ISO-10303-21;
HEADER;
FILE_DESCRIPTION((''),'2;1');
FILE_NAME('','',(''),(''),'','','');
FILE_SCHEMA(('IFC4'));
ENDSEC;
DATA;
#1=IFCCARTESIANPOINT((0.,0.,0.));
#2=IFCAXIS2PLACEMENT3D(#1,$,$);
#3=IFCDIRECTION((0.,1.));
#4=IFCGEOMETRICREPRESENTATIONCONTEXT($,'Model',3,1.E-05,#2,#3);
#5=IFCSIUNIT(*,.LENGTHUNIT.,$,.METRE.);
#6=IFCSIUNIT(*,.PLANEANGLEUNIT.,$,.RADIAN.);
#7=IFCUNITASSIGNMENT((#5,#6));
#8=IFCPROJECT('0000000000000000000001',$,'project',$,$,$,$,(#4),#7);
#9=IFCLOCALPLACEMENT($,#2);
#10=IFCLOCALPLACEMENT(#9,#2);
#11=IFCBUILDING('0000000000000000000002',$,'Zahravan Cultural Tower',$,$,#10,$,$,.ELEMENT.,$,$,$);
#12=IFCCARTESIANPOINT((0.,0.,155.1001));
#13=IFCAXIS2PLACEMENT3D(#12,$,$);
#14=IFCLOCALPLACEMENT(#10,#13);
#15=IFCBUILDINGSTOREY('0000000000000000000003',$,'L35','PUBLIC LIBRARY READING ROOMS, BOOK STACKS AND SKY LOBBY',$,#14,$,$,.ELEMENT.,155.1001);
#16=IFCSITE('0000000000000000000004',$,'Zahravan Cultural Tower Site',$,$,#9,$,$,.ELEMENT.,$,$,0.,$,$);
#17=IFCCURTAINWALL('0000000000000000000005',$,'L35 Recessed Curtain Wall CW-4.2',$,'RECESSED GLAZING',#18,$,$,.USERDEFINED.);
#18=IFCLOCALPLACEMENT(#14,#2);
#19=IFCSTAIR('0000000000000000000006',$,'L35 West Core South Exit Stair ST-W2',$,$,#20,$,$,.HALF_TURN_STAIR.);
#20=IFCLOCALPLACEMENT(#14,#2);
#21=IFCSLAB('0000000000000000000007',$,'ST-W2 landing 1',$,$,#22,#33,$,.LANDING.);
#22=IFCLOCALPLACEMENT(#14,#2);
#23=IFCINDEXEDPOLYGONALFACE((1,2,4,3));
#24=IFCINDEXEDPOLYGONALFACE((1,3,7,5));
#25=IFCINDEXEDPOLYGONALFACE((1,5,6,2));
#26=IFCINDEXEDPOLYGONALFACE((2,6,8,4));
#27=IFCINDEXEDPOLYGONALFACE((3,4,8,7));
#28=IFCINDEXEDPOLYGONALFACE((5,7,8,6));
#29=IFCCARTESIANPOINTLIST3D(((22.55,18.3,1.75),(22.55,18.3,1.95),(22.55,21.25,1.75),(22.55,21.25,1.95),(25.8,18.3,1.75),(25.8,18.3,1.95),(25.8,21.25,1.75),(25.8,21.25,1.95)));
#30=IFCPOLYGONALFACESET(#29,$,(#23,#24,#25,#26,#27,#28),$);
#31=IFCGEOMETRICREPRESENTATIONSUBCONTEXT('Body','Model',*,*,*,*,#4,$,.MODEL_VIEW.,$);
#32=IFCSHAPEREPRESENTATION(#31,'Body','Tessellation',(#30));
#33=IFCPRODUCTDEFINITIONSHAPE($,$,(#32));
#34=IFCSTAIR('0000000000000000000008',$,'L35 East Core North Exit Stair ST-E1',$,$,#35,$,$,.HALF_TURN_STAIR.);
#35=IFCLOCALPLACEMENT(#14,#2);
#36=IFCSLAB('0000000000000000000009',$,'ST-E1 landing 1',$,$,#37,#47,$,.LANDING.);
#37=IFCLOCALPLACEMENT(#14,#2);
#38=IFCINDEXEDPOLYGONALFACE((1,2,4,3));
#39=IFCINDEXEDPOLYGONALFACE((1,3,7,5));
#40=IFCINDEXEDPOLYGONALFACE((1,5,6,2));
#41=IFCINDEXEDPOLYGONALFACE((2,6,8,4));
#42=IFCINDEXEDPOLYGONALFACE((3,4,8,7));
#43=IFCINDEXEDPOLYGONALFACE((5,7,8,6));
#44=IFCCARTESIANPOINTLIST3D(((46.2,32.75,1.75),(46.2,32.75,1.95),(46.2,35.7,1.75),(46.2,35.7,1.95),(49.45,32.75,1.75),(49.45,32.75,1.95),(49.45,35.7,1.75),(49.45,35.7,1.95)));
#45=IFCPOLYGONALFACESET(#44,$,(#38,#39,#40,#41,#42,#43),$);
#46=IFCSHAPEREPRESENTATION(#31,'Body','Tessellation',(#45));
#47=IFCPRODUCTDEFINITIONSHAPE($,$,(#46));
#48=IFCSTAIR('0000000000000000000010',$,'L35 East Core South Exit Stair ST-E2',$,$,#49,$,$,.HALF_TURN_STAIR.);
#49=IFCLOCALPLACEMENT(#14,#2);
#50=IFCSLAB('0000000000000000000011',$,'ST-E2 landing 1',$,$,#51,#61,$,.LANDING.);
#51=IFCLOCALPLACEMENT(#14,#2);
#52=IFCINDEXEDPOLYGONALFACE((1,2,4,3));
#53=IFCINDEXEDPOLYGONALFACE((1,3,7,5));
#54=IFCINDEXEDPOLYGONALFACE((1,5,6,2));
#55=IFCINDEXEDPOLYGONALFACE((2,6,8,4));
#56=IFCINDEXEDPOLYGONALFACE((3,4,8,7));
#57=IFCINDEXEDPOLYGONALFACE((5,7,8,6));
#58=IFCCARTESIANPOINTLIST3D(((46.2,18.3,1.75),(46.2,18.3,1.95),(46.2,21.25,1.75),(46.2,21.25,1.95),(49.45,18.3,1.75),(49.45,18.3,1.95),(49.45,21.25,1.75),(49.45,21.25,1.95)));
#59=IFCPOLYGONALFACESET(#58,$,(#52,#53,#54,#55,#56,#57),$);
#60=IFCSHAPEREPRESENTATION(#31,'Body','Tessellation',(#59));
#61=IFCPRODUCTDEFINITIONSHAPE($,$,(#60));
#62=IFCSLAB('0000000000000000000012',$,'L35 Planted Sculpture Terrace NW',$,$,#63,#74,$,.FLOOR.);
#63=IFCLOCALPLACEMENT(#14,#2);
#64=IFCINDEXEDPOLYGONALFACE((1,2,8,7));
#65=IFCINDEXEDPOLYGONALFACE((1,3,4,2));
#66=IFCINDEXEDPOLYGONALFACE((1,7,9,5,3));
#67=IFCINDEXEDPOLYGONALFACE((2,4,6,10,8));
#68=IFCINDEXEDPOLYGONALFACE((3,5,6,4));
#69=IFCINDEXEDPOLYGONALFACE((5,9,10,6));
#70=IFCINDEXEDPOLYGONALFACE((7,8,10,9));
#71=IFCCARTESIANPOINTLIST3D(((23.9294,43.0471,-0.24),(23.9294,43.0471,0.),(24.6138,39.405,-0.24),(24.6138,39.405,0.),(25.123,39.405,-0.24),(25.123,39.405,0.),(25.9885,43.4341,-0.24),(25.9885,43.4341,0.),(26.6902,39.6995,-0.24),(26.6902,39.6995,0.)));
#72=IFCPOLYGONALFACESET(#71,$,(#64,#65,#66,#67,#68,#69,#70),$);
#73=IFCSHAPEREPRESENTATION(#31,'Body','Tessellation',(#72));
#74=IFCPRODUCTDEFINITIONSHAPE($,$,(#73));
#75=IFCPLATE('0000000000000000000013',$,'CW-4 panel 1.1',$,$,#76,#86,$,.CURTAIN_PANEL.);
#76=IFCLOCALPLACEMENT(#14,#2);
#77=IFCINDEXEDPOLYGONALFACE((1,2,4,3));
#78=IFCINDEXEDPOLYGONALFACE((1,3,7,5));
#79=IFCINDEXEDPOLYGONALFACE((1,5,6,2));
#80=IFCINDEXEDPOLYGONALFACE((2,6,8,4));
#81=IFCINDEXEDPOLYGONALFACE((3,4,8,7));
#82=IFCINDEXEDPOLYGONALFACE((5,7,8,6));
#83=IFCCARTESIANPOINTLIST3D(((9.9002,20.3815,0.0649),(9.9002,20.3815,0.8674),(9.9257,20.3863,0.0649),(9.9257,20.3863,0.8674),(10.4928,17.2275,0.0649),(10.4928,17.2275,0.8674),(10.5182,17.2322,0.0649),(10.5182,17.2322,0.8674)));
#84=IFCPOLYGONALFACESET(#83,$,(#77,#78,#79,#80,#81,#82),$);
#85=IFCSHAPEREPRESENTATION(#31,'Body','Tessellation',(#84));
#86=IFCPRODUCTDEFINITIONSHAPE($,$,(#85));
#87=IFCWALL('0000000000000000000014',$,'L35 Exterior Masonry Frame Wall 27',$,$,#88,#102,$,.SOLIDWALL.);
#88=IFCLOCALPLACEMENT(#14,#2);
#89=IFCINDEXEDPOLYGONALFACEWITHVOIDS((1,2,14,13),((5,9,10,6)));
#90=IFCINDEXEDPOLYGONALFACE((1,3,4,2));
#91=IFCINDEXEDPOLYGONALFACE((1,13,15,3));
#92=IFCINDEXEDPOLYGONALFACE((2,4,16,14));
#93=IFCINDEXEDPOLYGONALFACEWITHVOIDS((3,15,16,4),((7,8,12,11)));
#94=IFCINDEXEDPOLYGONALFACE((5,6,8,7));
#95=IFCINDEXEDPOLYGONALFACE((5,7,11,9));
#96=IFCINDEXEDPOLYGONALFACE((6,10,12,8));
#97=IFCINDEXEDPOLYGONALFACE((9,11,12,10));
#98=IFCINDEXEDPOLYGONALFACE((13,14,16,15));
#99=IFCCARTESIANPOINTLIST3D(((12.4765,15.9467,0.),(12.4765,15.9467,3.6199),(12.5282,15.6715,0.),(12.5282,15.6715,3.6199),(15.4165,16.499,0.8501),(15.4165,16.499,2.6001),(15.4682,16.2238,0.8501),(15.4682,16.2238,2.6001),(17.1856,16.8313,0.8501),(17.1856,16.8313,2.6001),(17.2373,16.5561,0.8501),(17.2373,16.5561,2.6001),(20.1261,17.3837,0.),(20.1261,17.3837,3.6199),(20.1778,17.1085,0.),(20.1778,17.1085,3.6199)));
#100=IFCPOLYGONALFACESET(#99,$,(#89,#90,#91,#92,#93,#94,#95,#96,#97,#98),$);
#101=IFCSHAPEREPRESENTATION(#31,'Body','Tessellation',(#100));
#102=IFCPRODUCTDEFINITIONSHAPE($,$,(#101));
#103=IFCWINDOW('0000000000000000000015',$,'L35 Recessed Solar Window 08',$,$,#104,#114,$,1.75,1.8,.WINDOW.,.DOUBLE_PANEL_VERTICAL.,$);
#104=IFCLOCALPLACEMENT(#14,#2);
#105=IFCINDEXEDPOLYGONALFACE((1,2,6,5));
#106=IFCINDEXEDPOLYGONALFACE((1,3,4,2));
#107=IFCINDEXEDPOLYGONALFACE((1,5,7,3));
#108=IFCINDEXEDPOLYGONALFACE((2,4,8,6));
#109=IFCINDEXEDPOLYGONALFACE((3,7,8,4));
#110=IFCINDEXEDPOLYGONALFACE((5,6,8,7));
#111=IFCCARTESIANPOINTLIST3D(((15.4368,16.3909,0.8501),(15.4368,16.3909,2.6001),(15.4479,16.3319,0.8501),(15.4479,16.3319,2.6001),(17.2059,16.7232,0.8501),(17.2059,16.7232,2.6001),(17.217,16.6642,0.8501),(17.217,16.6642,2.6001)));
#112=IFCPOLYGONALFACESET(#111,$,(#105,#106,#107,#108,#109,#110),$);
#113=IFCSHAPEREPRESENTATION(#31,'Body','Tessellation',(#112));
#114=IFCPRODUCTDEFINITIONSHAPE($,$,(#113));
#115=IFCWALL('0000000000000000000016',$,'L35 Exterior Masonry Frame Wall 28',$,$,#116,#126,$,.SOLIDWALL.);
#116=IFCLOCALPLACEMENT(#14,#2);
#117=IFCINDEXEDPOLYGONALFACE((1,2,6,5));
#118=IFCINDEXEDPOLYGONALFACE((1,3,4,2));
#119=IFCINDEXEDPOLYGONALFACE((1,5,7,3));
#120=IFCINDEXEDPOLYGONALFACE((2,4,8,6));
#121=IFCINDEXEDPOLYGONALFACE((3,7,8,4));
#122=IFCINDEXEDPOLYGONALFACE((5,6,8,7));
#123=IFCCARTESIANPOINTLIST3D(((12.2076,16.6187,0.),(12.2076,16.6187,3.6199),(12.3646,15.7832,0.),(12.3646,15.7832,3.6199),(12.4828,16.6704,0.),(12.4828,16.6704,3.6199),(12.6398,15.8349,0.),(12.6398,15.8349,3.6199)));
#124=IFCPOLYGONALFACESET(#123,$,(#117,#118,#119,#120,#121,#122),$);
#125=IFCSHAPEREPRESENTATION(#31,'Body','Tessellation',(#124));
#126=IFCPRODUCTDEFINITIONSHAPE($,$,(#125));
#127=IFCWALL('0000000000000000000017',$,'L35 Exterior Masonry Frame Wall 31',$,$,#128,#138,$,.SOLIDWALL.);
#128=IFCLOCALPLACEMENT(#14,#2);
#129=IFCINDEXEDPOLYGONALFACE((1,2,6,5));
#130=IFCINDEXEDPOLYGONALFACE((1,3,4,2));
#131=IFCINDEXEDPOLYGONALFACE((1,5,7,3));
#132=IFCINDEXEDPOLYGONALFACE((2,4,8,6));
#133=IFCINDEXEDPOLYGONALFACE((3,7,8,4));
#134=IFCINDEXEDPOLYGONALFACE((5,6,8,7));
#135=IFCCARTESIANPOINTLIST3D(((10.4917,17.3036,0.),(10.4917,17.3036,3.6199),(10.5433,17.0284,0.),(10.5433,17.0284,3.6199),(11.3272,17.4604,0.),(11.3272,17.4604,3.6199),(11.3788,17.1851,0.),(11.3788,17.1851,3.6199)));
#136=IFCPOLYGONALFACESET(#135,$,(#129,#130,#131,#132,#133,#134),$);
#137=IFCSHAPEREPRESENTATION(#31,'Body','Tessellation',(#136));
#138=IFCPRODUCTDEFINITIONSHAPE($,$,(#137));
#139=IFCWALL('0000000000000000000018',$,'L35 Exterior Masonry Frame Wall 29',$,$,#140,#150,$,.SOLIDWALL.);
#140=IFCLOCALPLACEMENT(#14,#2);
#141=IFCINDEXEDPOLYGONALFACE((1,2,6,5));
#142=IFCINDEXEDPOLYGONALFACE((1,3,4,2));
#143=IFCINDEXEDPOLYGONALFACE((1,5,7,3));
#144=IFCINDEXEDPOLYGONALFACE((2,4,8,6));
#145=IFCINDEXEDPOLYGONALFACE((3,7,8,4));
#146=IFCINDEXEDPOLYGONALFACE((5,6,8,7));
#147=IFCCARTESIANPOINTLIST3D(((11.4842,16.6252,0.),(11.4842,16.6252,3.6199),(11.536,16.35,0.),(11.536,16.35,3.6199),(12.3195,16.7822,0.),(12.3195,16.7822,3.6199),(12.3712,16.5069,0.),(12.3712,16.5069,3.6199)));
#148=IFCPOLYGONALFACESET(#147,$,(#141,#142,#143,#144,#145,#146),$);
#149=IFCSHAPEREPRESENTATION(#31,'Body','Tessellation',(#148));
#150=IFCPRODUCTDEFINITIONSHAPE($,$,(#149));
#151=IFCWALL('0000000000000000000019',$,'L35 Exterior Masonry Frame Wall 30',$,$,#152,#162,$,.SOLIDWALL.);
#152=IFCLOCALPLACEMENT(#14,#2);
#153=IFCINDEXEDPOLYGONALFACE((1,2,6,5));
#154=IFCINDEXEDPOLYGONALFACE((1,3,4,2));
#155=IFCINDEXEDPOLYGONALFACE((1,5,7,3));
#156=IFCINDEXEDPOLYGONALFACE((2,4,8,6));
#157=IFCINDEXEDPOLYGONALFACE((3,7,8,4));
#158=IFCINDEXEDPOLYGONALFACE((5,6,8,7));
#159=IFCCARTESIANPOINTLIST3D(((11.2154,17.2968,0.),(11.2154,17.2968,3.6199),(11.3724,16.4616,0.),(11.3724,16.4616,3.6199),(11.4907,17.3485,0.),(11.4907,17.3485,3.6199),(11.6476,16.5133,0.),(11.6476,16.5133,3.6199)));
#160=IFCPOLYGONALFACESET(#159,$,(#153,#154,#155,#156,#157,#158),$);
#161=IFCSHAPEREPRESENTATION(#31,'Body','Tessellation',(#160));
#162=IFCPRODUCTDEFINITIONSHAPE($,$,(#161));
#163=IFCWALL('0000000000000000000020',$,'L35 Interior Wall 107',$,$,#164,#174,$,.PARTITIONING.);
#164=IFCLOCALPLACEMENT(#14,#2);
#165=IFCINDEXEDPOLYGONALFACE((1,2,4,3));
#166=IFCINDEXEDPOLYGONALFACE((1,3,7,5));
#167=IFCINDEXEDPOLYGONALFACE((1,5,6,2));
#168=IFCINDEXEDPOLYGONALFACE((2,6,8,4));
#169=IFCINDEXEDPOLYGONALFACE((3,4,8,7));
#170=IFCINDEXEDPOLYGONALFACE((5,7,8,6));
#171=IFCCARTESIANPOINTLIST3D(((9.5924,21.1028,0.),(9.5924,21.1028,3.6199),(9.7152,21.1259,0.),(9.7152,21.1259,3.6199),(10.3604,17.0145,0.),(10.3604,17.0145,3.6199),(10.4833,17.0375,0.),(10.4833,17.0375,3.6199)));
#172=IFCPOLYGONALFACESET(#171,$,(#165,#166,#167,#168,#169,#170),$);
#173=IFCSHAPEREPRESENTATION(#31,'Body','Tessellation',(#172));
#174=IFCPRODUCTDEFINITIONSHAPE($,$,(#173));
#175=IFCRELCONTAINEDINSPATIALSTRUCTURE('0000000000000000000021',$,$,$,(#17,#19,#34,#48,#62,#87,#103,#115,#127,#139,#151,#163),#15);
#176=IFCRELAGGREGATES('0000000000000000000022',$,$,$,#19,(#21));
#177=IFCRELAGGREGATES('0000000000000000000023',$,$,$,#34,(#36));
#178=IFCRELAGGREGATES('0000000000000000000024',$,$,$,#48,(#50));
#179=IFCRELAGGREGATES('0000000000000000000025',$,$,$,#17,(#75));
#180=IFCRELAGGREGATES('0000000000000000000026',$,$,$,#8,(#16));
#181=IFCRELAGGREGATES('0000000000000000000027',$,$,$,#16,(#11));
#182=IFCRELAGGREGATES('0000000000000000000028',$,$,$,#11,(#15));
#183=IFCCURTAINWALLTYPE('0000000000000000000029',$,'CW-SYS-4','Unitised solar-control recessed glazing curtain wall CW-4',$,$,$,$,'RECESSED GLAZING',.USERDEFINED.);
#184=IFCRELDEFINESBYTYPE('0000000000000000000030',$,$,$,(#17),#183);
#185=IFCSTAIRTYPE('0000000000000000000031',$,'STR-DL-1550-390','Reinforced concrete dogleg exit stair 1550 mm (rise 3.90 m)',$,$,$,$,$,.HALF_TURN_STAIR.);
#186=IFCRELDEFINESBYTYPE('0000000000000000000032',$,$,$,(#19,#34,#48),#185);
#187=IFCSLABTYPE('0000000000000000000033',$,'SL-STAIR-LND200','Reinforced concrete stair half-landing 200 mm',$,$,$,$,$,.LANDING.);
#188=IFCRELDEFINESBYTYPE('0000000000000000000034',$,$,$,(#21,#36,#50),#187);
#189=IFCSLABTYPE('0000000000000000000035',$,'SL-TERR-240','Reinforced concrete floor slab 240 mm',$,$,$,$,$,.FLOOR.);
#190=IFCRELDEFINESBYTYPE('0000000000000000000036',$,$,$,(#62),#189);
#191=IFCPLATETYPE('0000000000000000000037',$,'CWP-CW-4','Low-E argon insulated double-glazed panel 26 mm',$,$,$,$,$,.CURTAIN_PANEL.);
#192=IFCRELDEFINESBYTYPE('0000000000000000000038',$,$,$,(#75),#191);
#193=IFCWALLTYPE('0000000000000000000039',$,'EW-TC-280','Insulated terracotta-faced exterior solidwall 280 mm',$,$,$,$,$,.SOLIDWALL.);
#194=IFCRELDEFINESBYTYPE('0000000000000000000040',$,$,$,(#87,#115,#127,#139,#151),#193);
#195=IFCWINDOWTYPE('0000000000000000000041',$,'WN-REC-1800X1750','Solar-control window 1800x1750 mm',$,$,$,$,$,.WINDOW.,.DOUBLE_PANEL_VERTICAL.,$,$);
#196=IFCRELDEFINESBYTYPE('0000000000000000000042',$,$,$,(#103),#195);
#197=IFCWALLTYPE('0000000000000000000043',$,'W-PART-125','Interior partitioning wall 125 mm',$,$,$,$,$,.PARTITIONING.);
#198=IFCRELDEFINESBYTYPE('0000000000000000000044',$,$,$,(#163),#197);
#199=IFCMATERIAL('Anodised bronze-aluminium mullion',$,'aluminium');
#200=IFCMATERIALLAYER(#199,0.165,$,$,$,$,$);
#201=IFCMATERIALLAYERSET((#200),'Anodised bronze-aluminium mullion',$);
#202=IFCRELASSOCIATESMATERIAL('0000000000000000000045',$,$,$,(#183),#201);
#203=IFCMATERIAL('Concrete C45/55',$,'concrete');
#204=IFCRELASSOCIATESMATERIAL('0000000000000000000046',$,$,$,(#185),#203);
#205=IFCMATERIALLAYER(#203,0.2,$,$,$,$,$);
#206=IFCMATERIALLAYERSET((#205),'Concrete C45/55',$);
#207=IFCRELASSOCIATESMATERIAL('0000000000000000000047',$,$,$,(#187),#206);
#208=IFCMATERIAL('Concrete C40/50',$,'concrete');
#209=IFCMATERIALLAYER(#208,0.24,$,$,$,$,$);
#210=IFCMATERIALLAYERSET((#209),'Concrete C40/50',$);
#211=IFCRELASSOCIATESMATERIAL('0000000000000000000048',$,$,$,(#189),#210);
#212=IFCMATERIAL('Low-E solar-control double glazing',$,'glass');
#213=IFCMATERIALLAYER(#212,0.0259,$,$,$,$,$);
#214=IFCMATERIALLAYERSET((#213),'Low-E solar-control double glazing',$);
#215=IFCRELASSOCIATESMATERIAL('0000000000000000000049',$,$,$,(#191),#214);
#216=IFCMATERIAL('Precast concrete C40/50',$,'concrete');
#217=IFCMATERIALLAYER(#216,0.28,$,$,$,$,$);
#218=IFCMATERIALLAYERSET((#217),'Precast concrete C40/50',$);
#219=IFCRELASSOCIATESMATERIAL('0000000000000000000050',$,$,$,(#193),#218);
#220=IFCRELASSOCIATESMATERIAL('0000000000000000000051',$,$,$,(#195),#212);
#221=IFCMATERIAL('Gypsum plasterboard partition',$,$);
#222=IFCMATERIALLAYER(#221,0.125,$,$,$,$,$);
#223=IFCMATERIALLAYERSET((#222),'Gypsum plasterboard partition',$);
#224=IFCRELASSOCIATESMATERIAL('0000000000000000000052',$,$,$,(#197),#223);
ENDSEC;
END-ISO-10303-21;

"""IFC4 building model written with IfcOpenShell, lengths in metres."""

from ifc_helpers import new_model, si_unit, direction, frame, frame_2d, origin, origin_2d, place, context, subcontext, project, spatial, polyline, rectangle, outline, extrude, source, transform, mapped, material, layer, layer_set, type_object, element, fill, aggregate, save


model = new_model("IFC4")

# Units and contexts
model_context = context("Model", 3, precision=1e-05, world=origin(), true_north=direction((0.0, 1.0)))
body_context = subcontext(model_context, "Body", "Model", "MODEL_VIEW")
ifc_project = project(units=[si_unit("LENGTHUNIT", "METRE"), si_unit("PLANEANGLEUNIT", "RADIAN")], contexts=[model_context])

# Site, building, storey
site_placement = place(None, origin())
site = spatial("IfcSite", under=ifc_project, at=site_placement, Name="Zahravan Cultural Tower Site", CompositionType="ELEMENT", RefElevation=0.0)
building_placement = place(site_placement, origin())
building = spatial("IfcBuilding", under=site, at=building_placement, Name="Zahravan Cultural Tower", CompositionType="ELEMENT")
storey_placement = place(building_placement, frame((0.0, 0.0, 155.1001)))
storey = spatial("IfcBuildingStorey", under=building, at=storey_placement, Name="L35", Description="PUBLIC LIBRARY READING ROOMS, BOOK STACKS AND SKY LOBBY", CompositionType="ELEMENT", Elevation=155.1001)

# Curtain wall
ifc_material_1 = material(Name="Anodised bronze-aluminium mullion", Category="aluminium")
ifc_layer_1 = layer(ifc_material_1, 0.165)
ifc_layer_set_1 = layer_set([ifc_layer_1], Name="Anodised bronze-aluminium mullion")
curtain_wall_type = type_object("IfcCurtainWallType", Name="CW-SYS-4", Description="Unitised solar-control recessed glazing curtain wall CW-4", ElementType="RECESSED GLAZING", PredefinedType="USERDEFINED", material=ifc_layer_set_1)
curtain_wall_placement = place(storey_placement, origin())
curtain_wall = element("IfcCurtainWall", 1, at=curtain_wall_placement, inside=storey, type_object=curtain_wall_type, Name="L35 Recessed Curtain Wall CW-4.2", ObjectType="RECESSED GLAZING", PredefinedType="USERDEFINED")

# Shared definitions
ifc_material_2 = material(Name="Concrete C45/55", Category="concrete")

# Stairs, slabs
stair_type = type_object("IfcStairType", Name="STR-DL-1550-390", Description="Reinforced concrete dogleg exit stair 1550 mm (rise 3.90 m)", PredefinedType="HALF_TURN_STAIR", material=ifc_material_2)
ifc_layer_2 = layer(ifc_material_2, 0.2)
ifc_layer_set_2 = layer_set([ifc_layer_2], Name="Concrete C45/55")
slab_type_1 = type_object("IfcSlabType", Name="SL-STAIR-LND200", Description="Reinforced concrete stair half-landing 200 mm", PredefinedType="LANDING", material=ifc_layer_set_2)
stair_1_placement = place(storey_placement, origin())
stair_1 = element("IfcStair", 2, at=stair_1_placement, inside=storey, type_object=stair_type, Name="L35 West Core South Exit Stair ST-W2", PredefinedType="HALF_TURN_STAIR")
slab_1_placement = place(storey_placement, frame((0.0, 0.0, 1.75)))
slab_1 = element("IfcSlab", 3, at=slab_1_placement, type_object=slab_type_1, Name="ST-W2 landing 1", PredefinedType="LANDING", context=body_context, shape_type="SweptSolid", body=[
    extrude(outline(polyline([(22.55, 21.25), (22.55, 18.3), (25.8, 18.3), (25.8, 21.25), (22.55, 21.25)])), origin(), (0.0, 0.0, 1.0), 0.2),
])
aggregate(stair_1, [slab_1])
stair_2_placement = place(storey_placement, origin())
stair_2 = element("IfcStair", 4, at=stair_2_placement, inside=storey, type_object=stair_type, Name="L35 East Core North Exit Stair ST-E1", PredefinedType="HALF_TURN_STAIR")
slab_2_placement = place(storey_placement, frame((0.0, 0.0, 1.75)))
slab_2 = element("IfcSlab", 5, at=slab_2_placement, type_object=slab_type_1, Name="ST-E1 landing 1", PredefinedType="LANDING", context=body_context, shape_type="SweptSolid", body=[
    extrude(outline(polyline([(49.45, 32.75), (49.45, 35.7), (46.2, 35.7), (46.2, 32.75), (49.45, 32.75)])), origin(), (0.0, 0.0, 1.0), 0.2),
])
aggregate(stair_2, [slab_2])
stair_3_placement = place(storey_placement, origin())
stair_3 = element("IfcStair", 6, at=stair_3_placement, inside=storey, type_object=stair_type, Name="L35 East Core South Exit Stair ST-E2", PredefinedType="HALF_TURN_STAIR")
slab_3_placement = place(storey_placement, frame((0.0, 0.0, 1.75)))
slab_3 = element("IfcSlab", 7, at=slab_3_placement, type_object=slab_type_1, Name="ST-E2 landing 1", PredefinedType="LANDING", context=body_context, shape_type="SweptSolid", body=[
    extrude(outline(polyline([(46.2, 21.25), (46.2, 18.3), (49.45, 18.3), (49.45, 21.25), (46.2, 21.25)])), origin(), (0.0, 0.0, 1.0), 0.2),
])
aggregate(stair_3, [slab_3])

# Slab
ifc_material_3 = material(Name="Concrete C40/50", Category="concrete")
ifc_layer_3 = layer(ifc_material_3, 0.24)
ifc_layer_set_3 = layer_set([ifc_layer_3], Name="Concrete C40/50")
slab_type_2 = type_object("IfcSlabType", Name="SL-TERR-240", Description="Reinforced concrete floor slab 240 mm", PredefinedType="FLOOR", material=ifc_layer_set_3)
slab_4_placement = place(storey_placement, frame((0.0, 0.0, -0.24)))
element("IfcSlab", 8, at=slab_4_placement, inside=storey, type_object=slab_type_2, Name="L35 Planted Sculpture Terrace NW", PredefinedType="FLOOR", context=body_context, shape_type="SweptSolid", body=[
    extrude(outline(polyline([(23.9294, 43.0471), (24.6138, 39.405), (25.123, 39.405), (26.6902, 39.6995), (25.9885, 43.4341), (23.9294, 43.0471)])), origin(), (0.0, 0.0, 1.0), 0.24),
])

# Plate
ifc_material_4 = material(Name="Low-E solar-control double glazing", Category="glass")
ifc_layer_4 = layer(ifc_material_4, 0.0259)
ifc_layer_set_4 = layer_set([ifc_layer_4], Name="Low-E solar-control double glazing")
plate_type = type_object("IfcPlateType", Name="CWP-CW-4", Description="Low-E argon insulated double-glazed panel 26 mm", PredefinedType="CURTAIN_PANEL", material=ifc_layer_set_4)
shared_shape_1 = source(origin(), body_context, "Body", "SweptSolid", [
    extrude(rectangle(XDim=3.2092, YDim=0.0259, at=origin_2d()), origin(), (0.0, 0.0, 1.0), 0.8025),
])
plate_placement = place(storey_placement, frame((10.2092, 18.8069, 0.0649), z_axis=(0.0, 0.0, 1.0), x_axis=(-0.184638, 0.982807, 0.0)))
plate = element("IfcPlate", 9, at=plate_placement, type_object=plate_type, Name="CW-4 panel 1.1", PredefinedType="CURTAIN_PANEL", context=body_context, shape_type="MappedRepresentation", body=[
    mapped(shared_shape_1, transform((0.0, 0.0, 0.0), x_axis=(1.0, 0.0, 0.0), y_axis=(0.0, 1.0, 0.0), z_axis=(0.0, 0.0, 1.0), scale=1.0)),
])
aggregate(curtain_wall, [plate])

# Wall, opening, window
ifc_material_5 = material(Name="Precast concrete C40/50", Category="concrete")
ifc_layer_5 = layer(ifc_material_5, 0.28)
ifc_layer_set_5 = layer_set([ifc_layer_5], Name="Precast concrete C40/50")
wall_type_1 = type_object("IfcWallType", Name="EW-TC-280", Description="Insulated terracotta-faced exterior solidwall 280 mm", PredefinedType="SOLIDWALL", material=ifc_layer_set_5)
wall_1_placement = place(storey_placement, frame((20.1519, 17.2461, 0.0), z_axis=(0.0, 0.0, 1.0), x_axis=(-0.982809, -0.184624, 0.0)))
wall_1 = element("IfcWall", 10, at=wall_1_placement, inside=storey, type_object=wall_type_1, Name="L35 Exterior Masonry Frame Wall 27", PredefinedType="SOLIDWALL", context=body_context, shape_type="SweptSolid", body=[
    extrude(rectangle(XDim=7.7834, YDim=0.28, at=frame_2d((3.8916, 0.0))), origin(), (0.0, 0.0, 1.0), 3.6199),
])
opening_placement = place(wall_1_placement, frame((2.9919, 0.0, 0.8501)))
opening = element("IfcOpeningElement", 11, at=opening_placement, cuts=wall_1, PredefinedType="OPENING", context=body_context, shape_type="SweptSolid", body=[
    extrude(rectangle(XDim=1.8, YDim=1.75, at=frame_2d((0.8999, 0.875))), frame((0.0, 0.1499, 0.0), z_axis=(0.0, -1.0, 0.0), x_axis=(1.0, 0.0, 0.0)), (0.0, 0.0, 1.0), 0.3),
])
window_type = type_object("IfcWindowType", Name="WN-REC-1800X1750", Description="Solar-control window 1800x1750 mm", PartitioningType="DOUBLE_PANEL_VERTICAL", PredefinedType="WINDOW", material=ifc_material_4)
shared_shape_2 = source(origin(), body_context, "Body", "SweptSolid", [
    extrude(rectangle(XDim=1.8, YDim=1.75, at=frame_2d((0.8999, 0.875))), frame((0.0, 0.03, 0.0), z_axis=(0.0, -1.0, 0.0), x_axis=(1.0, 0.0, 0.0)), (0.0, 0.0, 1.0), 0.0601),
])
window_placement = place(opening_placement, origin())
window = element("IfcWindow", 12, at=window_placement, inside=storey, type_object=window_type, Name="L35 Recessed Solar Window 08", OverallHeight=1.75, OverallWidth=1.8, PartitioningType="DOUBLE_PANEL_VERTICAL", PredefinedType="WINDOW", context=body_context, shape_type="MappedRepresentation", body=[
    mapped(shared_shape_2, transform((0.0, 0.0, 0.0), x_axis=(1.0, 0.0, 0.0), y_axis=(0.0, 1.0, 0.0), z_axis=(0.0, 0.0, 1.0), scale=1.0)),
])
fill(opening, window)

# Walls
shared_shape_3 = source(origin(), body_context, "Body", "SweptSolid", [
    extrude(rectangle(XDim=0.8501, YDim=0.28, at=frame_2d((0.425, 0.0))), origin(), (0.0, 0.0, 1.0), 3.6199),
])
for number, where, z_axis, x_axis, name in (
    (13, (12.5022, 15.8091, 0.0), (0.0, 0.0, 1.0), (-0.18467, 0.982801, 0.0), "L35 Exterior Masonry Frame Wall 28"),
    (14, (11.353, 17.3228, 0.0), (0.0, 0.0, 1.0), (-0.982853, -0.184393, 0.0), "L35 Exterior Masonry Frame Wall 31"),
):
    element("IfcWall", number, at=place(storey_placement, frame(where, z_axis=z_axis, x_axis=x_axis)), inside=storey, type_object=wall_type_1, Name=name, PredefinedType="SOLIDWALL", context=body_context, shape_type="MappedRepresentation", body=[
        mapped(shared_shape_3, transform((0.0, 0.0, 0.0), x_axis=(1.0, 0.0, 0.0), y_axis=(0.0, 1.0, 0.0), z_axis=(0.0, 0.0, 1.0), scale=1.0)),
    ])
shared_shape_4 = source(origin(), body_context, "Body", "SweptSolid", [
    extrude(rectangle(XDim=0.8499, YDim=0.28, at=frame_2d((0.4248, 0.0))), origin(), (0.0, 0.0, 1.0), 3.6199),
])
for number, where, z_axis, x_axis, name in (
    (15, (12.3452, 16.6445, 0.0), (0.0, 0.0, 1.0), (-0.982791, -0.184722, 0.0), "L35 Exterior Masonry Frame Wall 29"),
    (16, (11.51, 16.4875, 0.0), (0.0, 0.0, 1.0), (-0.184722, 0.982791, 0.0), "L35 Exterior Masonry Frame Wall 30"),
):
    element("IfcWall", number, at=place(storey_placement, frame(where, z_axis=z_axis, x_axis=x_axis)), inside=storey, type_object=wall_type_1, Name=name, PredefinedType="SOLIDWALL", context=body_context, shape_type="MappedRepresentation", body=[
        mapped(shared_shape_4, transform((0.0, 0.0, 0.0), x_axis=(1.0, 0.0, 0.0), y_axis=(0.0, 1.0, 0.0), z_axis=(0.0, 0.0, 1.0), scale=1.0)),
    ])
ifc_material_6 = material(Name="Gypsum plasterboard partition")
ifc_layer_6 = layer(ifc_material_6, 0.125)
ifc_layer_set_6 = layer_set([ifc_layer_6], Name="Gypsum plasterboard partition")
wall_type_2 = type_object("IfcWallType", Name="W-PART-125", Description="Interior partitioning wall 125 mm", PredefinedType="PARTITIONING", material=ifc_layer_set_6)
shared_shape_5 = source(origin(), body_context, "Body", "SweptSolid", [
    extrude(rectangle(XDim=4.1599, YDim=0.125, at=frame_2d((2.0801, 0.0))), origin(), (0.0, 0.0, 1.0), 3.6199),
])
wall_2_placement = place(storey_placement, frame((10.4219, 17.0259, 0.0), z_axis=(0.0, 0.0, 1.0), x_axis=(-0.184636, 0.982807, 0.0)))
element("IfcWall", 17, at=wall_2_placement, inside=storey, type_object=wall_type_2, Name="L35 Interior Wall 107", PredefinedType="PARTITIONING", context=body_context, shape_type="MappedRepresentation", body=[
    mapped(shared_shape_5, transform((0.0, 0.0, 0.0), x_axis=(1.0, 0.0, 0.0), y_axis=(0.0, 1.0, 0.0), z_axis=(0.0, 0.0, 1.0), scale=1.0)),
])

save(model, "model.ifc")
